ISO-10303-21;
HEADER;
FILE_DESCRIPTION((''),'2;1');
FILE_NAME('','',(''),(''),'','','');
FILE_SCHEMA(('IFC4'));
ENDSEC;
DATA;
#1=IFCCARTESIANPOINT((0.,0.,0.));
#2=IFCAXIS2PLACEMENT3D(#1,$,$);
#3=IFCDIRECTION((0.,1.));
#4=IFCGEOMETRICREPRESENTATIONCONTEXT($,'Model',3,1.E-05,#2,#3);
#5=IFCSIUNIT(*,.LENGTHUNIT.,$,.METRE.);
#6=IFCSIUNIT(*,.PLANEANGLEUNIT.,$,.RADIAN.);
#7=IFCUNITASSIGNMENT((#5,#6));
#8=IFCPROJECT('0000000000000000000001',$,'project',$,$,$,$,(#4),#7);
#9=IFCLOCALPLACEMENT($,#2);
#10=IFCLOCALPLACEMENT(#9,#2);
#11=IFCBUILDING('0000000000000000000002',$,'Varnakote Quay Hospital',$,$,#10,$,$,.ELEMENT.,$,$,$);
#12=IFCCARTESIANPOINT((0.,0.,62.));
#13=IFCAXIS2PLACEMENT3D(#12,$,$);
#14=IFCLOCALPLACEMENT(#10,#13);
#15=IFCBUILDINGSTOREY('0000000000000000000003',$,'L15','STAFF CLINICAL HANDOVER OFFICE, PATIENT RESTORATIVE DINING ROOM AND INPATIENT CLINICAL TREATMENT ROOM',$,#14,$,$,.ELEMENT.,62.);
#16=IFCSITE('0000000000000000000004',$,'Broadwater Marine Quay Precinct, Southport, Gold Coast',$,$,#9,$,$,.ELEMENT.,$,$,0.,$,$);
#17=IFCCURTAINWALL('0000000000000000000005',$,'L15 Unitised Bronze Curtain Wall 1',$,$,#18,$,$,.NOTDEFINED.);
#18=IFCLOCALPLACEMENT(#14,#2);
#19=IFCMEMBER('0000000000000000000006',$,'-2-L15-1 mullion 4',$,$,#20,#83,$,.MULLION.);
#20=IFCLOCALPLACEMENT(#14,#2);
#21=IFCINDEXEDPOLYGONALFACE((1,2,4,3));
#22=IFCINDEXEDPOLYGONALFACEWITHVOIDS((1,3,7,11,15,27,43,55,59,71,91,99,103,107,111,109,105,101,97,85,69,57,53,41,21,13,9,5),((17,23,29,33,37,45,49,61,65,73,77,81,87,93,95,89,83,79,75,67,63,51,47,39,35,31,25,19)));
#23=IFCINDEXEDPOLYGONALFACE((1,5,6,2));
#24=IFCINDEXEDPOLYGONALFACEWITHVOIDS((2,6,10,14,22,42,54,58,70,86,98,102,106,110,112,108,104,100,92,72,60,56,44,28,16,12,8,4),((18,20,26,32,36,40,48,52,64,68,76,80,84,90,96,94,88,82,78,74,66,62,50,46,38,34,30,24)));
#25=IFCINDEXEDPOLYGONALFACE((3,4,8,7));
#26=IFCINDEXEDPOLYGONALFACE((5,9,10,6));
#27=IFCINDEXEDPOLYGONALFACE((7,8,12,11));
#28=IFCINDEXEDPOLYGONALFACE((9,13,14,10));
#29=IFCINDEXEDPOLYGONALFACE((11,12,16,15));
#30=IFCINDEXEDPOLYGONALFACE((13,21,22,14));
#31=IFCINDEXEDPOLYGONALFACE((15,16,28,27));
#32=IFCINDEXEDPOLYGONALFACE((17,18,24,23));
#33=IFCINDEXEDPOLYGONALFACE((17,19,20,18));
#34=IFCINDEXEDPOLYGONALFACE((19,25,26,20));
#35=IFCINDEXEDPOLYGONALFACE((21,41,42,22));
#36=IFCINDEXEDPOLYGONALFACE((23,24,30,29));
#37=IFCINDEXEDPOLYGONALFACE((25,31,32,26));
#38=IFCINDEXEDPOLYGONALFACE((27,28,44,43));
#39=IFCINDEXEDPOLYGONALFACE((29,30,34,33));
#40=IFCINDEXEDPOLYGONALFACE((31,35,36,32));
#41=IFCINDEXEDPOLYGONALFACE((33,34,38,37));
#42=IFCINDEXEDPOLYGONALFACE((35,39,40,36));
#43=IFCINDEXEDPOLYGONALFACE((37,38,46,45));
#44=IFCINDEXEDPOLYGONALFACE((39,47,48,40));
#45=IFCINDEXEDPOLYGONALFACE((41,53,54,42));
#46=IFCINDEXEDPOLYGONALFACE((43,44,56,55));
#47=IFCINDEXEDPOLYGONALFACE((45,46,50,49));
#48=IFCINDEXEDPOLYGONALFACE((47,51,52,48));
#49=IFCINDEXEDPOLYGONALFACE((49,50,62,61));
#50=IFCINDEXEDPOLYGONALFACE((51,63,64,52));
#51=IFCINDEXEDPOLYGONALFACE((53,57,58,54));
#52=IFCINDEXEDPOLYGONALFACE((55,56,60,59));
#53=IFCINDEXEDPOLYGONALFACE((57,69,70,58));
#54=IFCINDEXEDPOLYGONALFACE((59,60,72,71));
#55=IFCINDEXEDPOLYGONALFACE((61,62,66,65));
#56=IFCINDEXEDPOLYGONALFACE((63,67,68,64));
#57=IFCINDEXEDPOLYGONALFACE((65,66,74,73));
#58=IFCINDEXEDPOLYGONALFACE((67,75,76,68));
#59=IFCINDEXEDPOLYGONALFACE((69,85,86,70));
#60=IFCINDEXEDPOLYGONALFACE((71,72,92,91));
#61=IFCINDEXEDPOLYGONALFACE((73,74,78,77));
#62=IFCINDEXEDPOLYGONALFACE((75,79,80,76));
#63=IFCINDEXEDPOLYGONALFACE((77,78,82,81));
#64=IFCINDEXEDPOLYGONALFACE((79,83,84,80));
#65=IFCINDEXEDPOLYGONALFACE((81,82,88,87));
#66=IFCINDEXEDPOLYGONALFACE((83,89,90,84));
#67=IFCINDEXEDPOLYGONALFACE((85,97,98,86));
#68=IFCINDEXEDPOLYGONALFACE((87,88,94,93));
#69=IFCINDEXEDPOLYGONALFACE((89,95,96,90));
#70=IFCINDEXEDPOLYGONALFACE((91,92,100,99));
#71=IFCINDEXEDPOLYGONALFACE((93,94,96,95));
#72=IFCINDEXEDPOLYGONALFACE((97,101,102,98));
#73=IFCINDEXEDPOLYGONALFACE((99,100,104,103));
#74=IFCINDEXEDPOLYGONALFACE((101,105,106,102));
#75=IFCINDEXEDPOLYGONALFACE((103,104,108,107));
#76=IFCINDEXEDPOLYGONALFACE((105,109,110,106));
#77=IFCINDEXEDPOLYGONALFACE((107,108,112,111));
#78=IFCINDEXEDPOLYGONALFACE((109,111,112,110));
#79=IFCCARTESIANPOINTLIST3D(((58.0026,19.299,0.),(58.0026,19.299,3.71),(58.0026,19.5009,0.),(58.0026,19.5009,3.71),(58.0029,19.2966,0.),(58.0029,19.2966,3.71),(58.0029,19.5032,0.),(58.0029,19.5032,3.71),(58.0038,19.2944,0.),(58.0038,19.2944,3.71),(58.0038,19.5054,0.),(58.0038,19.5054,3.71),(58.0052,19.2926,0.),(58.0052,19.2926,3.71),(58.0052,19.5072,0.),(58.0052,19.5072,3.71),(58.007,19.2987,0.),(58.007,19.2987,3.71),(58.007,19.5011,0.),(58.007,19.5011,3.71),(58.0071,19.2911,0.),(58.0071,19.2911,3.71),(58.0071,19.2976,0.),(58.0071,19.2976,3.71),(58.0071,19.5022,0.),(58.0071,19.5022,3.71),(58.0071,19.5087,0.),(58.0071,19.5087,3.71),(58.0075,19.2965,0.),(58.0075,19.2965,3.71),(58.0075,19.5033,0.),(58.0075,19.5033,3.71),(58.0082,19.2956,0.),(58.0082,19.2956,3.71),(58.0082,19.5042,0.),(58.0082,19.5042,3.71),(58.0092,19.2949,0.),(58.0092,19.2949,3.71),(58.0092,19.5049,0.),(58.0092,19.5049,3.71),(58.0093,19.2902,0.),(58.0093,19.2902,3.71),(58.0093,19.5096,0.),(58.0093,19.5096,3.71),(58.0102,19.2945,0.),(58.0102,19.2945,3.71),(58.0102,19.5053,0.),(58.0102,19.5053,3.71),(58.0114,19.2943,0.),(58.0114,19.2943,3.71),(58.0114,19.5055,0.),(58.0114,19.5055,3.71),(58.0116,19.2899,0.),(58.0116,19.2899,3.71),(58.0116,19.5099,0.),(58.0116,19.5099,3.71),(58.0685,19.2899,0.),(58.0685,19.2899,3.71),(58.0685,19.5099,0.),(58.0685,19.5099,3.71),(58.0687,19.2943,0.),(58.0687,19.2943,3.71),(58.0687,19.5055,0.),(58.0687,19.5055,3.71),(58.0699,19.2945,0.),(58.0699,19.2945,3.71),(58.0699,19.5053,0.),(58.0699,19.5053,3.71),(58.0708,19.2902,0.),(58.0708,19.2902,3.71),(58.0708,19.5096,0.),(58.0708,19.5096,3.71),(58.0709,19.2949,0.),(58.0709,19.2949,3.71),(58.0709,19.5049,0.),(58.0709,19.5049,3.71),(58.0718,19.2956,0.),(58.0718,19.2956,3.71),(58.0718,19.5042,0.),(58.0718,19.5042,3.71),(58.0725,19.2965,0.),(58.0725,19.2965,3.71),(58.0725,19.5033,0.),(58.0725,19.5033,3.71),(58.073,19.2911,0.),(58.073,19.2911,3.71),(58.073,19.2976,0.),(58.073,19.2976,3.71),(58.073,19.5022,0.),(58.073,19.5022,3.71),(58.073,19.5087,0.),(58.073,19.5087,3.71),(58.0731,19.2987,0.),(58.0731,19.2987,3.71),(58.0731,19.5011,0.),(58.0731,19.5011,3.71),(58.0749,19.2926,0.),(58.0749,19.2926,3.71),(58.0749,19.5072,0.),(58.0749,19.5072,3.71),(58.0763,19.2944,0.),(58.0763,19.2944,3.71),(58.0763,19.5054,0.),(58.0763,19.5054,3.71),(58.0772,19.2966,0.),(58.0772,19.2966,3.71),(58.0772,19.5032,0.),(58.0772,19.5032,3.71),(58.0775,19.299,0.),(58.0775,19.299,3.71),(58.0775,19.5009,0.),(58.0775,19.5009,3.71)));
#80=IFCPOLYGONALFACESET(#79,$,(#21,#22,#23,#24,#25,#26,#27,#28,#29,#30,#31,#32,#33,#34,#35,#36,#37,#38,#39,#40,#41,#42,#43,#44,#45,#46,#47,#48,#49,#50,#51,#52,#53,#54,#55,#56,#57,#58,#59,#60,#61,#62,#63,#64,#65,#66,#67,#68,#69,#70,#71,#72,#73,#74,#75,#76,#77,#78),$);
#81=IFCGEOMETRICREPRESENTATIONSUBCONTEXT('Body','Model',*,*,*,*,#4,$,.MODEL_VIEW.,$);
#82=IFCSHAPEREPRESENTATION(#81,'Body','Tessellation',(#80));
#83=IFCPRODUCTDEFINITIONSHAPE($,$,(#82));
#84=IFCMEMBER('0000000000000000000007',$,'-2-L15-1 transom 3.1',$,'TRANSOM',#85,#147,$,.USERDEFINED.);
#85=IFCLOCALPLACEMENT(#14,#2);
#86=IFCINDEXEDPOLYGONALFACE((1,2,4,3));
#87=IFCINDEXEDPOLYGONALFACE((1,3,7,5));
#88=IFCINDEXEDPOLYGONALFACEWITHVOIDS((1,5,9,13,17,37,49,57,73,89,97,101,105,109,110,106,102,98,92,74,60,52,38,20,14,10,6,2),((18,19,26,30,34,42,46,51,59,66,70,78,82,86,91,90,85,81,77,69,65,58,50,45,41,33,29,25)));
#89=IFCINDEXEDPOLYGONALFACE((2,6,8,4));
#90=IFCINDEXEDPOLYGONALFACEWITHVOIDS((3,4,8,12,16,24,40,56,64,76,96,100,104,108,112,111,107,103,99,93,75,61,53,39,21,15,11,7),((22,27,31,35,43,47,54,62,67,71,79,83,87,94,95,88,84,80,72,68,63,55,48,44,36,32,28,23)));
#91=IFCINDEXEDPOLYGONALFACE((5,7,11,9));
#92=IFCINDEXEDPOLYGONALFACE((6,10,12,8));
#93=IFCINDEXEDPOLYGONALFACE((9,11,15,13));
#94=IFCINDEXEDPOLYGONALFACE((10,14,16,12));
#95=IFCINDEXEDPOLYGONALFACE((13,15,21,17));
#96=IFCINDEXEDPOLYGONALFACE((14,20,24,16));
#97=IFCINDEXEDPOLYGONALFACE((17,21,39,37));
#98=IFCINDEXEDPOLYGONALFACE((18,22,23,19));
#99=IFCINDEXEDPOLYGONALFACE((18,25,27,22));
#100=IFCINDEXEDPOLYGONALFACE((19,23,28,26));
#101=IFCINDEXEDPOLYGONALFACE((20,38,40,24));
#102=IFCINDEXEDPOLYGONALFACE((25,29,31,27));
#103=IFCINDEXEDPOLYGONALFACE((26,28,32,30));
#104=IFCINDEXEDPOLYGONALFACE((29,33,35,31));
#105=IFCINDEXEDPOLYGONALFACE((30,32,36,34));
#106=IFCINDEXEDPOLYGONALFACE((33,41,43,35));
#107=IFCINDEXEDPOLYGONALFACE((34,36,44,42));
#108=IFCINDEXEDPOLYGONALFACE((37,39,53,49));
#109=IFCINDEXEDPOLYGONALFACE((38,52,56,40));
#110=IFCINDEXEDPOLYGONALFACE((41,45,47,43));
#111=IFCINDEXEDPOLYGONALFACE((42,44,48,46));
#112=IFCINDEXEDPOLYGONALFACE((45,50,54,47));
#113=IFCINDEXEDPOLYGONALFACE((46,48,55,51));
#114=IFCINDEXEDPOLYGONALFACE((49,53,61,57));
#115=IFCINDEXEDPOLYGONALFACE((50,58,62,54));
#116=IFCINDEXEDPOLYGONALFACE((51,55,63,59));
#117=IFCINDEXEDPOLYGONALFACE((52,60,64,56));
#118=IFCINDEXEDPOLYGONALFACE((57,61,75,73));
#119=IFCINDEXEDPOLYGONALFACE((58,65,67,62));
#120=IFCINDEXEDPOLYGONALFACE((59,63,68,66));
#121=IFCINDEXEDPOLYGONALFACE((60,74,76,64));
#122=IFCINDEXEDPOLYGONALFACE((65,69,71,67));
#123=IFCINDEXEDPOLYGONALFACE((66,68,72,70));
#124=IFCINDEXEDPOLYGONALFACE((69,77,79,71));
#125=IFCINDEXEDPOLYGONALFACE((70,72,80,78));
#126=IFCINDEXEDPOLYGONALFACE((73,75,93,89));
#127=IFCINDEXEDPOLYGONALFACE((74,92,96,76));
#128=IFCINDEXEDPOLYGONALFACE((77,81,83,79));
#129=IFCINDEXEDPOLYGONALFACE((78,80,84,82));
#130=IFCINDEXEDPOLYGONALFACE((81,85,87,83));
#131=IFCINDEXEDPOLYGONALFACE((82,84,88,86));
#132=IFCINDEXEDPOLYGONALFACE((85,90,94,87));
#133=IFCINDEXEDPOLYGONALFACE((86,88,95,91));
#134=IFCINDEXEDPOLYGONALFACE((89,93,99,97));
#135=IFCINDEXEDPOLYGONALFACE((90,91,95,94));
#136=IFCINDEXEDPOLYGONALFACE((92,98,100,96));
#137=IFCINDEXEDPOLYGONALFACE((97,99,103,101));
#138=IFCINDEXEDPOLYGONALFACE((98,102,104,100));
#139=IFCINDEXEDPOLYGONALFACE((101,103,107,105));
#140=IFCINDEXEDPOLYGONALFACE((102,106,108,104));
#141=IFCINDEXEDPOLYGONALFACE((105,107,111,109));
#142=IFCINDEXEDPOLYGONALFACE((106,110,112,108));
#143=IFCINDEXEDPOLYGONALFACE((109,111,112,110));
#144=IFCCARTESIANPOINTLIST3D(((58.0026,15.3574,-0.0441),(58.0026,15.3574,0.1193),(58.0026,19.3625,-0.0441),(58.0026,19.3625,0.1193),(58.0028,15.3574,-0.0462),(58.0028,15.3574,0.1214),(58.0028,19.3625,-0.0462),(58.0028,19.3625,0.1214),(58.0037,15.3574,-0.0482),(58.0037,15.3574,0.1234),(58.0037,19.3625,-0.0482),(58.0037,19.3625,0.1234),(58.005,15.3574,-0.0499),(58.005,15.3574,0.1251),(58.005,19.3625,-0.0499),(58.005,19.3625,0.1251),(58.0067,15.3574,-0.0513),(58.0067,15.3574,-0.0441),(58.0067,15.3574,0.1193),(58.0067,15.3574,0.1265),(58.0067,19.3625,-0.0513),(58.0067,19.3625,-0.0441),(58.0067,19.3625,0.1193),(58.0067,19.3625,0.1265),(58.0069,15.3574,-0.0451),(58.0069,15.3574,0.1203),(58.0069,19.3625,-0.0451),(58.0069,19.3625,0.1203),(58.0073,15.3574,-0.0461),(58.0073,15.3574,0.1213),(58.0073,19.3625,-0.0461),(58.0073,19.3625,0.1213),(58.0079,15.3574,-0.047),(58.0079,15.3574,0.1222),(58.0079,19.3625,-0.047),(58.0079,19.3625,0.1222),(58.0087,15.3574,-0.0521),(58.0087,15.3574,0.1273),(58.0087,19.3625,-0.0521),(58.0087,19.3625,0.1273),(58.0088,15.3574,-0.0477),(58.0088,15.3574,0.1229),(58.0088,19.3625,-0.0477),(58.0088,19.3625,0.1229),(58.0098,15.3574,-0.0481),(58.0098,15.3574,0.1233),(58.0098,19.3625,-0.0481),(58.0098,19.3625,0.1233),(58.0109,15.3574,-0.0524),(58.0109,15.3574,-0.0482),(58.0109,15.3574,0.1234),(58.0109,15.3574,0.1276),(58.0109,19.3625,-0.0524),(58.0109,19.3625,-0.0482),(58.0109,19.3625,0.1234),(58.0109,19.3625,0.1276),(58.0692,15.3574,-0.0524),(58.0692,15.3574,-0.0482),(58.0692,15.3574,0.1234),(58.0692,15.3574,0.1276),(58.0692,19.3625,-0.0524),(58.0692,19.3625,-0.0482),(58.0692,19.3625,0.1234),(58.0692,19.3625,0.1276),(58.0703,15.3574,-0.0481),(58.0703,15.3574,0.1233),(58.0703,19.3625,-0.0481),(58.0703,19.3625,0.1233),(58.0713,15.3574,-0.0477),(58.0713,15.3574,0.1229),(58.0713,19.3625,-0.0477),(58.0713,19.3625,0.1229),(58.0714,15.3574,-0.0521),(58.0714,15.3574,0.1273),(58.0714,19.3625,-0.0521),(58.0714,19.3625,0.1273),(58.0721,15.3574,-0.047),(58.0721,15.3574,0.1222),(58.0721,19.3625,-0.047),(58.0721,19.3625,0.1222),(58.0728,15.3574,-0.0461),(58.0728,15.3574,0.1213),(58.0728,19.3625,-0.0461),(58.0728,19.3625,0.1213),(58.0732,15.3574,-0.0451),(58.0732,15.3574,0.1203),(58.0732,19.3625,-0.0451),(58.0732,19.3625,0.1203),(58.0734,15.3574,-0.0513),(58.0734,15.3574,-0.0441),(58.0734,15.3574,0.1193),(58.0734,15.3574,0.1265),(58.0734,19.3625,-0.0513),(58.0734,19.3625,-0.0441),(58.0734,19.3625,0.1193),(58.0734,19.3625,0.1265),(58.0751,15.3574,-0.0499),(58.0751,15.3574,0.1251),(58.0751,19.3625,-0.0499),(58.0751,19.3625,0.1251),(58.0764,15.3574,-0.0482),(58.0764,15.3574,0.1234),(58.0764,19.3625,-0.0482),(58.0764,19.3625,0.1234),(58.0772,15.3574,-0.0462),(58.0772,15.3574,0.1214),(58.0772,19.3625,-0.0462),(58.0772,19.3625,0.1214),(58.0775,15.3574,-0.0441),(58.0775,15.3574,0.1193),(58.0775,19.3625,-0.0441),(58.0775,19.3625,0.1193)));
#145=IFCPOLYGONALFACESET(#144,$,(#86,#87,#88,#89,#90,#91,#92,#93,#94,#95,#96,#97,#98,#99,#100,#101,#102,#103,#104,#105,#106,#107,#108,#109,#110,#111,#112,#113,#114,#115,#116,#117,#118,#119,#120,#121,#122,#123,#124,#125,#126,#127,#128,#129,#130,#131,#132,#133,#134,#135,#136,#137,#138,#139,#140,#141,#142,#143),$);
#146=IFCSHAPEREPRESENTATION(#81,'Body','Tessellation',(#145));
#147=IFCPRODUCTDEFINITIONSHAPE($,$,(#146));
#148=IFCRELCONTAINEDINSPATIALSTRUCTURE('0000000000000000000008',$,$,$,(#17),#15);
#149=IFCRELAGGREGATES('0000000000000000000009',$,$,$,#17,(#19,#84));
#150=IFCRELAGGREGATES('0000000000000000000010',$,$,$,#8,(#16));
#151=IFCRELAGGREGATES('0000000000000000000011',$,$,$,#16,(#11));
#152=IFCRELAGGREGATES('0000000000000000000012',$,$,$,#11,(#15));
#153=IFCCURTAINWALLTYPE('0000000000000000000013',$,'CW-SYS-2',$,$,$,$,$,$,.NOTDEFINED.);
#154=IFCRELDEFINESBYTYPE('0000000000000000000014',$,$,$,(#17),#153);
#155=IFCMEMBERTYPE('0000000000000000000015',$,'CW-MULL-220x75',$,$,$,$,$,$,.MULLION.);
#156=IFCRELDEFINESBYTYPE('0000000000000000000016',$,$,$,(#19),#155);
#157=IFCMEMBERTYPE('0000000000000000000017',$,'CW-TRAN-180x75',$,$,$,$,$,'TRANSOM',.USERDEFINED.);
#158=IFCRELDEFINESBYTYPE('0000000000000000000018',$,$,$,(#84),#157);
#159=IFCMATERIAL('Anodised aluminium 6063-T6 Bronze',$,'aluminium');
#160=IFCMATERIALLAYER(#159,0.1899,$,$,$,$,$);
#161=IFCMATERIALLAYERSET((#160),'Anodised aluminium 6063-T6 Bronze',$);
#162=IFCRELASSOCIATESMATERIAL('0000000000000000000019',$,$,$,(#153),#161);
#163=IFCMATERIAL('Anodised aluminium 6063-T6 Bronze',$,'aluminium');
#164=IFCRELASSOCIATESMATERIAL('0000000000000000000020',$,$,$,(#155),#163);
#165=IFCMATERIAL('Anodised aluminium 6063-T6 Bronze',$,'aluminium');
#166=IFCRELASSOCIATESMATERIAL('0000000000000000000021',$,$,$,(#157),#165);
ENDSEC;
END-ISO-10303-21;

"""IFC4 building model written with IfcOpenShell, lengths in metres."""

from ifc_helpers import new_model, si_unit, direction, frame, origin, origin_2d, place, context, subcontext, project, spatial, hollow_rectangle, extrude, material, layer, layer_set, material_profile, profile_set, type_object, element, aggregate, save


model = new_model("IFC4")

# Units and contexts
model_context = context("Model", 3, precision=1e-05, world=origin(), true_north=direction((0.0, 1.0)))
body_context = subcontext(model_context, "Body", "Model", "MODEL_VIEW")
ifc_project = project(units=[si_unit("LENGTHUNIT", "METRE"), si_unit("PLANEANGLEUNIT", "RADIAN")], contexts=[model_context])

# Site, building, storey
site_placement = place(None, origin())
site = spatial("IfcSite", under=ifc_project, at=site_placement, Name="Broadwater Marine Quay Precinct, Southport, Gold Coast", CompositionType="ELEMENT", RefElevation=0.0)
building_placement = place(site_placement, origin())
building = spatial("IfcBuilding", under=site, at=building_placement, Name="Varnakote Quay Hospital", CompositionType="ELEMENT")
storey_placement = place(building_placement, frame((0.0, 0.0, 62.0)))
storey = spatial("IfcBuildingStorey", under=building, at=storey_placement, Name="L15", Description="STAFF CLINICAL HANDOVER OFFICE, PATIENT RESTORATIVE DINING ROOM AND INPATIENT CLINICAL TREATMENT ROOM", CompositionType="ELEMENT", Elevation=62.0)

# Curtain wall, members
ifc_material_1 = material(Name="Anodised aluminium 6063-T6 Bronze", Category="aluminium")
ifc_layer_1 = layer(ifc_material_1, 0.1899)
ifc_layer_set_1 = layer_set([ifc_layer_1], Name="Anodised aluminium 6063-T6 Bronze")
curtain_wall_type = type_object("IfcCurtainWallType", Name="CW-SYS-2", PredefinedType="NOTDEFINED", material=ifc_layer_set_1)
curtain_wall_placement = place(storey_placement, origin())
curtain_wall = element("IfcCurtainWall", 1, at=curtain_wall_placement, inside=storey, type_object=curtain_wall_type, Name="L15 Unitised Bronze Curtain Wall 1", PredefinedType="NOTDEFINED")
ifc_material_2 = material(Name="Anodised aluminium 6063-T6 Bronze", Category="aluminium")
ifc_material_profile_1 = material_profile(ifc_material_2, hollow_rectangle(XDim=0.075, YDim=0.22, WallThickness=0.0044, InnerFilletRadius=0.0044, OuterFilletRadius=0.009, at=origin_2d()), Name="CW-MULL-220x75")
ifc_profile_set_1 = profile_set([ifc_material_profile_1], Name="Anodised aluminium 6063-T6 Bronze")
member_type_1 = type_object("IfcMemberType", Name="CW-MULL-220x75", PredefinedType="MULLION", material=ifc_profile_set_1)
member_1_placement = place(storey_placement, frame((58.04, 19.3999, 0.0), z_axis=(0.0, 0.0, 1.0), x_axis=(-1.0, 0.0, 0.0)))
member_1 = element("IfcMember", 2, at=member_1_placement, type_object=member_type_1, Name="-2-L15-1 mullion 4", PredefinedType="MULLION", context=body_context, shape_type="SweptSolid", body=[
    extrude(hollow_rectangle(XDim=0.075, YDim=0.22, WallThickness=0.0044, InnerFilletRadius=0.0044, OuterFilletRadius=0.009, at=origin_2d()), origin(), (0.0, 0.0, 1.0), 3.71),
])
ifc_material_3 = material(Name="Anodised aluminium 6063-T6 Bronze", Category="aluminium")
ifc_material_profile_2 = material_profile(ifc_material_3, hollow_rectangle(XDim=0.075, YDim=0.1799, WallThickness=0.0042, InnerFilletRadius=0.0042, OuterFilletRadius=0.0083, at=origin_2d()), Name="CW-TRAN-180x75")
ifc_profile_set_2 = profile_set([ifc_material_profile_2], Name="Anodised aluminium 6063-T6 Bronze")
member_type_2 = type_object("IfcMemberType", Name="CW-TRAN-180x75", ElementType="TRANSOM", PredefinedType="USERDEFINED", material=ifc_profile_set_2)
member_2_placement = place(storey_placement, frame((58.04, 15.3574, 0.0376), z_axis=(0.0, 1.0, 0.0), x_axis=(-1.0, 0.0, 0.0)))
member_2 = element("IfcMember", 3, at=member_2_placement, type_object=member_type_2, Name="-2-L15-1 transom 3.1", ObjectType="TRANSOM", PredefinedType="USERDEFINED", context=body_context, shape_type="SweptSolid", body=[
    extrude(hollow_rectangle(XDim=0.075, YDim=0.1799, WallThickness=0.0042, InnerFilletRadius=0.0042, OuterFilletRadius=0.0083, at=origin_2d()), origin(), (0.0, 0.0, 1.0), 4.0051),
])
aggregate(curtain_wall, [member_1, member_2])

save(model, "model.ifc")
